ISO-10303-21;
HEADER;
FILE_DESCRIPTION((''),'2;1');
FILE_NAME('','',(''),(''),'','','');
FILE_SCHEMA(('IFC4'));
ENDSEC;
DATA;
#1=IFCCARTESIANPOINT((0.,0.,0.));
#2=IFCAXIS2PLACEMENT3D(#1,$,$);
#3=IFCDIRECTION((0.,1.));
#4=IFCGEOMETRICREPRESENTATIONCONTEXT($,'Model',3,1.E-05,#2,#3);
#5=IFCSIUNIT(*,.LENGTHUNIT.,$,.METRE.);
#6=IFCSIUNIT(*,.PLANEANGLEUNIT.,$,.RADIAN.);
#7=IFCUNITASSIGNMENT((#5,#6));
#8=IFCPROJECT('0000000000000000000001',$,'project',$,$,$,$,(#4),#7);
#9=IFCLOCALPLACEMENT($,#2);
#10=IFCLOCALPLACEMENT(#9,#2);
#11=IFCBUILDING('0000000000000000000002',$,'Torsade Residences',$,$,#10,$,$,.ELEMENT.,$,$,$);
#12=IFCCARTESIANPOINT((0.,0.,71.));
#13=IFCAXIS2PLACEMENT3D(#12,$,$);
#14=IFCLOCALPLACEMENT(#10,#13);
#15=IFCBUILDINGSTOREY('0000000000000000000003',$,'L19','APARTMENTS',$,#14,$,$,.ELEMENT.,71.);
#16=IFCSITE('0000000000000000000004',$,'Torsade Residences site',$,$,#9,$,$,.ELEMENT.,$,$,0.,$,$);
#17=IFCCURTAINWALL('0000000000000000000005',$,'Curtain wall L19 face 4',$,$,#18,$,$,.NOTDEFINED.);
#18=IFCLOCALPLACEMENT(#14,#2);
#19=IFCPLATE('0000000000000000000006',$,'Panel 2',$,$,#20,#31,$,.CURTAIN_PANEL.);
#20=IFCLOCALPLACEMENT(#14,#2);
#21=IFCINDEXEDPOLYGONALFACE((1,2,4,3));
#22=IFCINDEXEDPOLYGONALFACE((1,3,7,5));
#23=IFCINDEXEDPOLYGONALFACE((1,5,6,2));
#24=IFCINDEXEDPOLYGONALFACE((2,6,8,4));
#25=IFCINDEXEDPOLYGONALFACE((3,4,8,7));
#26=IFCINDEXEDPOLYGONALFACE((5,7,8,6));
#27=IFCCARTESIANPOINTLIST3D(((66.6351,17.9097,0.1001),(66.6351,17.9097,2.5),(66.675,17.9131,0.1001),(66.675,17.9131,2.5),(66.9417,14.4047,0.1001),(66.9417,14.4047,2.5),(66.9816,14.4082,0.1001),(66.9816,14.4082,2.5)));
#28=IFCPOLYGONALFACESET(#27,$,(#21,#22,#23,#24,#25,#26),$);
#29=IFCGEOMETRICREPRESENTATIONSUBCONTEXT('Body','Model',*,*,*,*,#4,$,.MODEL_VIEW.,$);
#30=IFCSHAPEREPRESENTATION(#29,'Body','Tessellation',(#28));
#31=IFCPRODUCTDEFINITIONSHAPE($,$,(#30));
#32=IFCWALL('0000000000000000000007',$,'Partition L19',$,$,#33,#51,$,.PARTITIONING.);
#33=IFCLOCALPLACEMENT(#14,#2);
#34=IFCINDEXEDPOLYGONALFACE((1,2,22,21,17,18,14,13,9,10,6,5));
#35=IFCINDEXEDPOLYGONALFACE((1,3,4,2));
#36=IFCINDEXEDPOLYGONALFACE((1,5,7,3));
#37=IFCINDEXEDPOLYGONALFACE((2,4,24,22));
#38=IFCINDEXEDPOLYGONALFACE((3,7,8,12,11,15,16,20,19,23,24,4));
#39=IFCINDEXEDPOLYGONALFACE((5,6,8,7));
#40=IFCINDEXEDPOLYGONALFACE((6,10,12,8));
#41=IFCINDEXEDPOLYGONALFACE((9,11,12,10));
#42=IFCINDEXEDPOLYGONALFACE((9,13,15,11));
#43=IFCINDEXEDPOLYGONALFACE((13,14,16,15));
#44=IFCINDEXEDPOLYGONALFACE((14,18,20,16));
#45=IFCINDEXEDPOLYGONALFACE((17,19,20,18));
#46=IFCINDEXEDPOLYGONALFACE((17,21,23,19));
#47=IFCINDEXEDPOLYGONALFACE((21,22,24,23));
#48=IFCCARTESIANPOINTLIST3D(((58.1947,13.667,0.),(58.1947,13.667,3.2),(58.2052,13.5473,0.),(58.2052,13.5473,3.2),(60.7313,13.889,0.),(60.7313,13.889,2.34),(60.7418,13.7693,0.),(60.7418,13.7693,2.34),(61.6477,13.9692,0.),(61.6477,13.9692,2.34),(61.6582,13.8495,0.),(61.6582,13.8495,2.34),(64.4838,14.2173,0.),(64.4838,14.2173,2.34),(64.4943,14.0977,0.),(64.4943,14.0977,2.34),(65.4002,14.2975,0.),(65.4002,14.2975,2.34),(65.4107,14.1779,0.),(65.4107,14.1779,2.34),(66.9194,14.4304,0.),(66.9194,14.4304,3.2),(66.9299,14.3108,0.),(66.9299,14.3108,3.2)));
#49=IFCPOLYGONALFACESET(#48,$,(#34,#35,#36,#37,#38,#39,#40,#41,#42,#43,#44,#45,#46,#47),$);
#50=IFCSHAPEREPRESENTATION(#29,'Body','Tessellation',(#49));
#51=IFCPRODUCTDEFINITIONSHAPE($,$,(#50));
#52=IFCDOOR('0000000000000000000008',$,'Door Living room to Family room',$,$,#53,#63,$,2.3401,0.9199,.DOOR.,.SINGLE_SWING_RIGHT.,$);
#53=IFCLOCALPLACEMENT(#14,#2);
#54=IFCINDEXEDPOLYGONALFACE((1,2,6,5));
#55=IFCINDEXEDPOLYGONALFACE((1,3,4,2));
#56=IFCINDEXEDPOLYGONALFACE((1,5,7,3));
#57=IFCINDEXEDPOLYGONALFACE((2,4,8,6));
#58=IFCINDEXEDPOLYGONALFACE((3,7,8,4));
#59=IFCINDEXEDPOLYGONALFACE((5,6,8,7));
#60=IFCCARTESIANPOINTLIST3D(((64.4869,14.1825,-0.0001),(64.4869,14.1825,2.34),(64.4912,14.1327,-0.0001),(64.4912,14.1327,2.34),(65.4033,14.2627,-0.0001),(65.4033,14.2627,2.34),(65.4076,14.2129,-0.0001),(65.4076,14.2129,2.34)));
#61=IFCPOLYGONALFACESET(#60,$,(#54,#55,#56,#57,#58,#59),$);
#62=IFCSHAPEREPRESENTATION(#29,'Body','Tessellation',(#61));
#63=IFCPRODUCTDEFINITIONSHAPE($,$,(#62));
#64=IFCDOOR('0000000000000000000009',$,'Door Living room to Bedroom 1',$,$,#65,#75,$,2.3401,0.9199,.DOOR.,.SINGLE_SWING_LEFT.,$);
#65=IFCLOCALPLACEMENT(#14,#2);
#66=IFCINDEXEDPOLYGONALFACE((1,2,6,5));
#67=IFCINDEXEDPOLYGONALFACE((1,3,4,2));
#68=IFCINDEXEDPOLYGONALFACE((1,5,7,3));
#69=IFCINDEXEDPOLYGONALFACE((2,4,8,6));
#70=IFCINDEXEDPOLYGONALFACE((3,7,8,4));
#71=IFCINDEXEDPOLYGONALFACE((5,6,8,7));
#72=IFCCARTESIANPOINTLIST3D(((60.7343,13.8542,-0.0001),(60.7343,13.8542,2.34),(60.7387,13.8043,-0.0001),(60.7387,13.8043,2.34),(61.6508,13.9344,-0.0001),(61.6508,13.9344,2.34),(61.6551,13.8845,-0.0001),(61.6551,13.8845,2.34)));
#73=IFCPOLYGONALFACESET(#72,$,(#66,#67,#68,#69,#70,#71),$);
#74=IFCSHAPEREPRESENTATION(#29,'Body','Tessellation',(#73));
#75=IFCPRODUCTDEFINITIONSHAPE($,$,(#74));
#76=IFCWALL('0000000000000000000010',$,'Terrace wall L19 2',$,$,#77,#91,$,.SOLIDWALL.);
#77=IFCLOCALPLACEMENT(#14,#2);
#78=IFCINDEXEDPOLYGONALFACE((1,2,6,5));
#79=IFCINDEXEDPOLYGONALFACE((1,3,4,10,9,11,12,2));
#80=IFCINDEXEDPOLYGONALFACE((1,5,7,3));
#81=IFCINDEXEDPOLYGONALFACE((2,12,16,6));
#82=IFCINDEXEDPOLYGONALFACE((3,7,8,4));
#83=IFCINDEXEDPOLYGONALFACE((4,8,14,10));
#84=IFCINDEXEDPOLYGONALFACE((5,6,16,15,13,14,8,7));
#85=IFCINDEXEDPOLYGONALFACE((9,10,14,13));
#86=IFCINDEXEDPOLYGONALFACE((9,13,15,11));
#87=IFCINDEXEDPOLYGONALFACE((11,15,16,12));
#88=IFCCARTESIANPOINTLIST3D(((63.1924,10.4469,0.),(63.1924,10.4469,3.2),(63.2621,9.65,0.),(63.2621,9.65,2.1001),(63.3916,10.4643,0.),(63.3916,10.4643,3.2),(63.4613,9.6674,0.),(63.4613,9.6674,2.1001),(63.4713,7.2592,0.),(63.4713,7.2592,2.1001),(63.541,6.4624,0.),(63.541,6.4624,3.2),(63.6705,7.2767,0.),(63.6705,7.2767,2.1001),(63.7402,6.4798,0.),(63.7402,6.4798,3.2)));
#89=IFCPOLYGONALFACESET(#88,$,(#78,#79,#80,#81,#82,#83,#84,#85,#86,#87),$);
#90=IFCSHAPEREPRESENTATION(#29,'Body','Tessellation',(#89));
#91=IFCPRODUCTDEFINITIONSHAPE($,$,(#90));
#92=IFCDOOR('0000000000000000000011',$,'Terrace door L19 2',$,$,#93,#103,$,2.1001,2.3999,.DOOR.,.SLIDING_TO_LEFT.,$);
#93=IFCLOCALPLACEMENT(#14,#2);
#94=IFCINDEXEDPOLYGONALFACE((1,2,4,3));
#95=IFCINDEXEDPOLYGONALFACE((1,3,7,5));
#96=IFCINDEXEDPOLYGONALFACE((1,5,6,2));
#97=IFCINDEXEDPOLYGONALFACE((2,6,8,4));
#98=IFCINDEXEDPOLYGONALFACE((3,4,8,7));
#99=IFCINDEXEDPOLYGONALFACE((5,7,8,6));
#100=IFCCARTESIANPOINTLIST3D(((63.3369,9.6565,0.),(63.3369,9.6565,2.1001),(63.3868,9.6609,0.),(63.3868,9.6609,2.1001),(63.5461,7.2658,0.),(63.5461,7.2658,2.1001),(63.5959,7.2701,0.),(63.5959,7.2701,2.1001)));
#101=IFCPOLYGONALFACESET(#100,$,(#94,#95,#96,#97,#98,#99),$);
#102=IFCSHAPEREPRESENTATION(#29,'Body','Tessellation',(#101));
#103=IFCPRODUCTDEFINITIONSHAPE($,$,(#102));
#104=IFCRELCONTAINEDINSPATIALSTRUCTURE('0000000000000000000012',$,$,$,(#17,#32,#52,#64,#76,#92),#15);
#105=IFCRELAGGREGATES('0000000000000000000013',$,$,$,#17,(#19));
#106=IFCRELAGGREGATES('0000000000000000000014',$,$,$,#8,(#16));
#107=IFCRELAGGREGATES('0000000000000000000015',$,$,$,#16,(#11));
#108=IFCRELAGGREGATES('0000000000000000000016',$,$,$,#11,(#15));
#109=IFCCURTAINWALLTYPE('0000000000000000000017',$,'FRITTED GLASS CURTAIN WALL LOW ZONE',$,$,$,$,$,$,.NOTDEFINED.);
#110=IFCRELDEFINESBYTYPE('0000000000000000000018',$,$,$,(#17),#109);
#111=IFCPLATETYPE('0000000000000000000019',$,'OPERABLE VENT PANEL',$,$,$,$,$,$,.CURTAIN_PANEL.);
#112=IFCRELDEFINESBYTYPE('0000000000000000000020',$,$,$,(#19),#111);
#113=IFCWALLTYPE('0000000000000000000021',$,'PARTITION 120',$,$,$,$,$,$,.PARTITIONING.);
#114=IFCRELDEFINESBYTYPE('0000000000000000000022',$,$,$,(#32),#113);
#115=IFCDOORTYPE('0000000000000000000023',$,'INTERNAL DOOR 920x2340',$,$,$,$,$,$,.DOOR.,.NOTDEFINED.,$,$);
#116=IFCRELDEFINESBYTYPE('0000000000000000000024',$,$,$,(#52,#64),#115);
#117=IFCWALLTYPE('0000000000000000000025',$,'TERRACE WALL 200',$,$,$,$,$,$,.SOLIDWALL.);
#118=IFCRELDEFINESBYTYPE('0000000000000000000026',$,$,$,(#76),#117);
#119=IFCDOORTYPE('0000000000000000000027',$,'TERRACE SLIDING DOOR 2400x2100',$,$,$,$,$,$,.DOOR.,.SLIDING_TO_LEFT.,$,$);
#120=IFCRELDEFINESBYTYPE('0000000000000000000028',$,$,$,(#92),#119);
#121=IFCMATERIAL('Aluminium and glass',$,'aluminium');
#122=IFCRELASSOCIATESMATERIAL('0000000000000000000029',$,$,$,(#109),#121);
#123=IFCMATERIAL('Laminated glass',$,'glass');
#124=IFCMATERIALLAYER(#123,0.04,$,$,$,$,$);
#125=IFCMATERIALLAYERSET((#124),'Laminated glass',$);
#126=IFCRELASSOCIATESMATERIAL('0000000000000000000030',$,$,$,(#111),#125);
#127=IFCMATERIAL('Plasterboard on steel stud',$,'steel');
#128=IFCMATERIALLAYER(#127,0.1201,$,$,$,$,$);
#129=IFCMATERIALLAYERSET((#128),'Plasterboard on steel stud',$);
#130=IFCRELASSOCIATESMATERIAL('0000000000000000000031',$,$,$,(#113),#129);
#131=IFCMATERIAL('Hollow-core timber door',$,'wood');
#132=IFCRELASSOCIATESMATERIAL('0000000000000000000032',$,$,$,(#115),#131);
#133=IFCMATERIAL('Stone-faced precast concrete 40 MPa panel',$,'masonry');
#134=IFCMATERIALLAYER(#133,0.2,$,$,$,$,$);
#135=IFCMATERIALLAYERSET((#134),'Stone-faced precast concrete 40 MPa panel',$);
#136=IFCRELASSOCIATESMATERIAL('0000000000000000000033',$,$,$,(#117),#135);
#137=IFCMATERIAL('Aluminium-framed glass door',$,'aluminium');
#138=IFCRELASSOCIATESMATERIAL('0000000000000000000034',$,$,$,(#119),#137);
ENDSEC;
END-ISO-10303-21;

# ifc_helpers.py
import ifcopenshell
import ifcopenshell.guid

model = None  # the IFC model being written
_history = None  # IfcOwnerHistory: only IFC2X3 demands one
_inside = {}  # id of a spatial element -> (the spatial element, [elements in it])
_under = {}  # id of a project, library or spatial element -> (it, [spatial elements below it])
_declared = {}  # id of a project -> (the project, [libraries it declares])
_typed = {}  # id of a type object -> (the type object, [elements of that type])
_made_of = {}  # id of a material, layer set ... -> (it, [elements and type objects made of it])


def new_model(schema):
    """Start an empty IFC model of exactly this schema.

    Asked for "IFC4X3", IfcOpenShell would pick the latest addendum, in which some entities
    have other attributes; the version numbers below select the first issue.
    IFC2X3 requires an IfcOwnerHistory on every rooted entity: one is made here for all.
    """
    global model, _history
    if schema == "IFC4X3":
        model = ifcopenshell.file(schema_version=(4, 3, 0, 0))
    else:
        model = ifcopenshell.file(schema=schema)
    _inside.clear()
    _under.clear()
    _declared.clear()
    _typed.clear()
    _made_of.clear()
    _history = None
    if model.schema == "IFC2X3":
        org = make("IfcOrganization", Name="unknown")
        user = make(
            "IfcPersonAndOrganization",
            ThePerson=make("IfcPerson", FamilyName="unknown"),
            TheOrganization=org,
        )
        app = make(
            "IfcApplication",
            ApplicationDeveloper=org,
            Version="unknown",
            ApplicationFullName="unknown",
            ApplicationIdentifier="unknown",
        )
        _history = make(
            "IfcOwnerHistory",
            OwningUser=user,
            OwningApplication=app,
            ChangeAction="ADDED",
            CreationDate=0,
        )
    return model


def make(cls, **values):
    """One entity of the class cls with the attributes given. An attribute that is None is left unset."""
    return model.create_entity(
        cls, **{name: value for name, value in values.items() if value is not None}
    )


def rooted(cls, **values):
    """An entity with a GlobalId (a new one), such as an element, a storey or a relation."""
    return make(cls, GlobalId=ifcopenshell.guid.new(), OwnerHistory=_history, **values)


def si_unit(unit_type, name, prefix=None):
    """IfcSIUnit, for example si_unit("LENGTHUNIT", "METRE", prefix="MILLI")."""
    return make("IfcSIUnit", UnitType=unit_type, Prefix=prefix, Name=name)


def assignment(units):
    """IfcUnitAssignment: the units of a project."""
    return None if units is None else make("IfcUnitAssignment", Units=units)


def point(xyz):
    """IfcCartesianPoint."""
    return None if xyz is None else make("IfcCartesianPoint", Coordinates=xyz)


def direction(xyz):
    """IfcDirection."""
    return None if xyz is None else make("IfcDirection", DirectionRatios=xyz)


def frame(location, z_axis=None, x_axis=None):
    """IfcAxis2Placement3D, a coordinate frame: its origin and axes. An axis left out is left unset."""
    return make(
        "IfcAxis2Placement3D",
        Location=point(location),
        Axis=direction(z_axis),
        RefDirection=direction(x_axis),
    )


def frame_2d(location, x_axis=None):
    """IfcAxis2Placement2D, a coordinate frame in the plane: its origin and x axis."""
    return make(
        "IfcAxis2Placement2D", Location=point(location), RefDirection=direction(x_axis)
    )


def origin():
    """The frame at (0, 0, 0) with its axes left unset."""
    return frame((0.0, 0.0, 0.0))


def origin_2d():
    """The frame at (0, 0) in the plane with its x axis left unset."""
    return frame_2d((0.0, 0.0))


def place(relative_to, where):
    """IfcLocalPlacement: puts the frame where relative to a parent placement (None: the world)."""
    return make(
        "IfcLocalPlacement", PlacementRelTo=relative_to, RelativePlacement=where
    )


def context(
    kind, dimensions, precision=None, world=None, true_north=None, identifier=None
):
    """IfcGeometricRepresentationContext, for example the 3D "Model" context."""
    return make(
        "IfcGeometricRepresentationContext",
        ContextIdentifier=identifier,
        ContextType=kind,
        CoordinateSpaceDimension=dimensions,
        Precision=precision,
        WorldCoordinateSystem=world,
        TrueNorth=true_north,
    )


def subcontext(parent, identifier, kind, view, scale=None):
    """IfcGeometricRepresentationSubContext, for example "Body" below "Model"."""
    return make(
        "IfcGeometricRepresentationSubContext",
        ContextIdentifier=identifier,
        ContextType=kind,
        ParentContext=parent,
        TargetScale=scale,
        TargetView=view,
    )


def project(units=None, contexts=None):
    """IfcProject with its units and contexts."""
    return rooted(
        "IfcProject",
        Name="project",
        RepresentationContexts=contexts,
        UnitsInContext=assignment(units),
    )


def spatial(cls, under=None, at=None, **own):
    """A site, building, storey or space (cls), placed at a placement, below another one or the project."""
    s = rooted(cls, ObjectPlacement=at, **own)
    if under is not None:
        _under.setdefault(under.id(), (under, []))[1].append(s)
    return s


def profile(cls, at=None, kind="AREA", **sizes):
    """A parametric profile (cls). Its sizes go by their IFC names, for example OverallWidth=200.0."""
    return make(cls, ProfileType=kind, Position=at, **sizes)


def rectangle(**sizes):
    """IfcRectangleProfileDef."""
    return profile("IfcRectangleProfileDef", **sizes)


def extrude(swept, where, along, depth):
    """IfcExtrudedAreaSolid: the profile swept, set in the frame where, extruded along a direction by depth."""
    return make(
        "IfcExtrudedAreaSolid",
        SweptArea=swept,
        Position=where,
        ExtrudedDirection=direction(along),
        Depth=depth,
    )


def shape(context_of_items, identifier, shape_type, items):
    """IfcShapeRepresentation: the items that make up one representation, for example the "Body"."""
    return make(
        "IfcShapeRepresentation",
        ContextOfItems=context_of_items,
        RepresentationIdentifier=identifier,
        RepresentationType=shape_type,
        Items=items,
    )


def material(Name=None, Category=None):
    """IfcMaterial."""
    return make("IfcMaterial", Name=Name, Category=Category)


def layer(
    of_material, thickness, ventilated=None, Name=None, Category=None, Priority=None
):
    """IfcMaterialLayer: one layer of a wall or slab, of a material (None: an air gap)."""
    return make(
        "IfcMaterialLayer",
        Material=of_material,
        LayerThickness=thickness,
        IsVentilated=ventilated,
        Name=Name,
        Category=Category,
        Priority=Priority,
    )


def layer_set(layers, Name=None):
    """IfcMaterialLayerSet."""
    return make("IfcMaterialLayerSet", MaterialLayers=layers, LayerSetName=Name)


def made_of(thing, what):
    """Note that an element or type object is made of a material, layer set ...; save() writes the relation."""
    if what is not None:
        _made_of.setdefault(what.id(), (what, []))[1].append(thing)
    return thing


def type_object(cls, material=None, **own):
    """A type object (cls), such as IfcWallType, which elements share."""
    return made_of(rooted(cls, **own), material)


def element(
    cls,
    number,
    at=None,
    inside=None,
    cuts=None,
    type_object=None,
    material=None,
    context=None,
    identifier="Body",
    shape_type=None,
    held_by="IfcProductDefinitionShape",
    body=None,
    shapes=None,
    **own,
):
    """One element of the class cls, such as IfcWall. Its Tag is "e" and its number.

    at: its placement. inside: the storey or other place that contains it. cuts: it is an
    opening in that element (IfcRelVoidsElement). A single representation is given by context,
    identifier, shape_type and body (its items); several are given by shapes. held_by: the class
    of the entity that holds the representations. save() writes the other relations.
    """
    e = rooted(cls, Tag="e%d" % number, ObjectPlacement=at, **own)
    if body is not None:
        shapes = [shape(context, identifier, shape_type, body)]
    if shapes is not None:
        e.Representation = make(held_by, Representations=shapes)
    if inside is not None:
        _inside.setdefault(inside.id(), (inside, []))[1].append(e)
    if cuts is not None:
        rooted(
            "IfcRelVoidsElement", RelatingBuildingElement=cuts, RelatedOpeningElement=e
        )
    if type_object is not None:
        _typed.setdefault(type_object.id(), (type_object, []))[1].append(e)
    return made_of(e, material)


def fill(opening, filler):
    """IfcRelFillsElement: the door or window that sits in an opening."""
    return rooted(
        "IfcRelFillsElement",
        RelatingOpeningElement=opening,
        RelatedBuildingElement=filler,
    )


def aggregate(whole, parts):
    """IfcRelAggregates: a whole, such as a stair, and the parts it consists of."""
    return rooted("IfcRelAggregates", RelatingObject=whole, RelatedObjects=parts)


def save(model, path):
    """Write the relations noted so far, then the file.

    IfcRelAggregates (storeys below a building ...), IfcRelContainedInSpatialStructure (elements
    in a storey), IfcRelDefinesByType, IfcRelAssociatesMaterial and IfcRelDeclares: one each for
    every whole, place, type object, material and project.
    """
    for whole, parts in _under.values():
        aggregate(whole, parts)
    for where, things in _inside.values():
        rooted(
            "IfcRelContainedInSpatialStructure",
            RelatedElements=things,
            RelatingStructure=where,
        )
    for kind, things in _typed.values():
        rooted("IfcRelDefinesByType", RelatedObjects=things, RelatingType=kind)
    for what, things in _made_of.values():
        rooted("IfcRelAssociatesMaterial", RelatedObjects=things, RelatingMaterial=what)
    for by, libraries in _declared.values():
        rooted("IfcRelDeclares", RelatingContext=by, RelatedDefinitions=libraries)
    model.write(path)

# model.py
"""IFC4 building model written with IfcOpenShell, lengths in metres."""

from ifc_helpers import new_model, si_unit, direction, frame, frame_2d, origin, origin_2d, place, context, subcontext, project, spatial, rectangle, extrude, material, layer, layer_set, type_object, element, fill, aggregate, save


model = new_model("IFC4")

# Units and contexts
model_context = context("Model", 3, precision=1e-05, world=origin(), true_north=direction((0.0, 1.0)))
body_context = subcontext(model_context, "Body", "Model", "MODEL_VIEW")
ifc_project = project(units=[si_unit("LENGTHUNIT", "METRE"), si_unit("PLANEANGLEUNIT", "RADIAN")], contexts=[model_context])

# Site, building, storey
site_placement = place(None, origin())
site = spatial("IfcSite", under=ifc_project, at=site_placement, Name="Torsade Residences site", CompositionType="ELEMENT", RefElevation=0.0)
building_placement = place(site_placement, origin())
building = spatial("IfcBuilding", under=site, at=building_placement, Name="Torsade Residences", CompositionType="ELEMENT")
storey_placement = place(building_placement, frame((0.0, 0.0, 71.0)))
storey = spatial("IfcBuildingStorey", under=building, at=storey_placement, Name="L19", Description="APARTMENTS", CompositionType="ELEMENT", Elevation=71.0)

# Curtain wall
ifc_material_1 = material(Name="Aluminium and glass", Category="aluminium")
curtain_wall_type = type_object("IfcCurtainWallType", Name="FRITTED GLASS CURTAIN WALL LOW ZONE", PredefinedType="NOTDEFINED", material=ifc_material_1)
curtain_wall_placement = place(storey_placement, origin())
curtain_wall = element("IfcCurtainWall", 1, at=curtain_wall_placement, inside=storey, type_object=curtain_wall_type, Name="Curtain wall L19 face 4", PredefinedType="NOTDEFINED")

# Plate
ifc_material_2 = material(Name="Laminated glass", Category="glass")
ifc_layer_1 = layer(ifc_material_2, 0.04)
ifc_layer_set_1 = layer_set([ifc_layer_1], Name="Laminated glass")
plate_type_1 = type_object("IfcPlateType", Name="OPERABLE VENT PANEL", PredefinedType="CURTAIN_PANEL", material=ifc_layer_set_1)
plate_1_placement = place(storey_placement, frame((66.8083, 16.1589, 0.1001), z_axis=(0.0, 0.0, 1.0), x_axis=(-0.087156, 0.996195, 0.0)))
plate_1 = element("IfcPlate", 2, at=plate_1_placement, type_object=plate_type_1, Name="Panel 2", PredefinedType="CURTAIN_PANEL", context=body_context, shape_type="SweptSolid", body=[
    extrude(rectangle(XDim=3.5183, YDim=0.04, at=origin_2d()), origin(), (0.0, 0.0, 1.0), 2.3999),
])
aggregate(curtain_wall, [plate_1])

# Wall, openings, doors
ifc_material_3 = material(Name="Plasterboard on steel stud", Category="steel")
ifc_layer_2 = layer(ifc_material_3, 0.1201)
ifc_layer_set_2 = layer_set([ifc_layer_2], Name="Plasterboard on steel stud")
wall_type_1 = type_object("IfcWallType", Name="PARTITION 120", PredefinedType="PARTITIONING", material=ifc_layer_set_2)
wall_1_placement = place(storey_placement, frame((66.9246, 14.3706, 0.0), z_axis=(0.0, 0.0, 1.0), x_axis=(-0.996193, -0.08717, 0.0)))
wall_1 = element("IfcWall", 3, at=wall_1_placement, inside=storey, type_object=wall_type_1, Name="Partition L19", PredefinedType="PARTITIONING", context=body_context, shape_type="SweptSolid", body=[
    extrude(rectangle(XDim=8.7581, YDim=0.1201, at=frame_2d((4.3789, 0.0))), origin(), (0.0, 0.0, 1.0), 3.2),
])
opening_1_placement = place(wall_1_placement, frame((1.5249, 0.0, 0.0)))
opening_1 = element("IfcOpeningElement", 4, at=opening_1_placement, cuts=wall_1, PredefinedType="OPENING", context=body_context, shape_type="SweptSolid", body=[
    extrude(rectangle(XDim=0.9199, YDim=2.3401, at=frame_2d((0.46, 1.1699))), frame((0.0, 0.0701, 0.0), z_axis=(0.0, -1.0, 0.0), x_axis=(1.0, 0.0, 0.0)), (0.0, 0.0, 1.0), 0.1401),
])
opening_2_placement = place(wall_1_placement, frame((5.2917, 0.0, 0.0)))
opening_2 = element("IfcOpeningElement", 5, at=opening_2_placement, cuts=wall_1, PredefinedType="OPENING", context=body_context, shape_type="SweptSolid", body=[
    extrude(rectangle(XDim=0.9199, YDim=2.3401, at=frame_2d((0.46, 1.1699))), frame((0.0, 0.0701, 0.0), z_axis=(0.0, -1.0, 0.0), x_axis=(1.0, 0.0, 0.0)), (0.0, 0.0, 1.0), 0.1401),
])
ifc_material_4 = material(Name="Hollow-core timber door", Category="wood")
door_type_1 = type_object("IfcDoorType", Name="INTERNAL DOOR 920x2340", OperationType="NOTDEFINED", PredefinedType="DOOR", material=ifc_material_4)
door_1_placement = place(opening_1_placement, origin())
door_1 = element("IfcDoor", 6, at=door_1_placement, inside=storey, type_object=door_type_1, Name="Door Living room to Family room", OperationType="SINGLE_SWING_RIGHT", OverallHeight=2.3401, OverallWidth=0.9199, PredefinedType="DOOR", context=body_context, shape_type="SweptSolid", body=[
    extrude(rectangle(XDim=0.9199, YDim=2.3401, at=frame_2d((0.46, 1.1699))), frame((0.0, 0.0249, 0.0), z_axis=(0.0, -1.0, 0.0), x_axis=(1.0, 0.0, 0.0)), (0.0, 0.0, 1.0), 0.05),
])
fill(opening_1, door_1)
door_2_placement = place(opening_2_placement, origin())
door_2 = element("IfcDoor", 7, at=door_2_placement, inside=storey, type_object=door_type_1, Name="Door Living room to Bedroom 1", OperationType="SINGLE_SWING_LEFT", OverallHeight=2.3401, OverallWidth=0.9199, PredefinedType="DOOR", context=body_context, shape_type="SweptSolid", body=[
    extrude(rectangle(XDim=0.9199, YDim=2.3401, at=frame_2d((0.46, 1.1699))), frame((0.0, 0.0249, 0.0), z_axis=(0.0, -1.0, 0.0), x_axis=(1.0, 0.0, 0.0)), (0.0, 0.0, 1.0), 0.05),
])
fill(opening_2, door_2)

# Wall, opening, door
ifc_material_5 = material(Name="Stone-faced precast concrete 40 MPa panel", Category="masonry")
ifc_layer_3 = layer(ifc_material_5, 0.2)
ifc_layer_set_3 = layer_set([ifc_layer_3], Name="Stone-faced precast concrete 40 MPa panel")
wall_type_2 = type_object("IfcWallType", Name="TERRACE WALL 200", PredefinedType="SOLIDWALL", material=ifc_layer_set_3)
wall_2_placement = place(storey_placement, frame((63.6406, 6.4709, 0.0), z_axis=(0.0, 0.0, 1.0), x_axis=(-0.087162, 0.996194, 0.0)))
wall_2 = element("IfcWall", 8, at=wall_2_placement, inside=storey, type_object=wall_type_2, Name="Terrace wall L19 2", PredefinedType="SOLIDWALL", context=body_context, shape_type="SweptSolid", body=[
    extrude(rectangle(XDim=3.9998, YDim=0.2, at=frame_2d((2.0, 0.0))), origin(), (0.0, 0.0, 1.0), 3.2),
])
opening_3_placement = place(wall_2_placement, frame((0.8, 0.0, 0.0)))
opening_3 = element("IfcOpeningElement", 9, at=opening_3_placement, cuts=wall_2, PredefinedType="OPENING", context=body_context, shape_type="SweptSolid", body=[
    extrude(rectangle(XDim=2.3999, YDim=2.1001, at=frame_2d((1.2, 1.05))), frame((0.0, 0.1099, 0.0), z_axis=(0.0, -1.0, 0.0), x_axis=(1.0, 0.0, 0.0)), (0.0, 0.0, 1.0), 0.22),
])
ifc_material_6 = material(Name="Aluminium-framed glass door", Category="aluminium")
door_type_2 = type_object("IfcDoorType", Name="TERRACE SLIDING DOOR 2400x2100", OperationType="SLIDING_TO_LEFT", PredefinedType="DOOR", material=ifc_material_6)
door_3_placement = place(opening_3_placement, origin())
door_3 = element("IfcDoor", 10, at=door_3_placement, inside=storey, type_object=door_type_2, Name="Terrace door L19 2", OperationType="SLIDING_TO_LEFT", OverallHeight=2.1001, OverallWidth=2.3999, PredefinedType="DOOR", context=body_context, shape_type="SweptSolid", body=[
    extrude(rectangle(XDim=2.3999, YDim=2.1001, at=frame_2d((1.2, 1.05))), frame((0.0, 0.0249, 0.0), z_axis=(0.0, -1.0, 0.0), x_axis=(1.0, 0.0, 0.0)), (0.0, 0.0, 1.0), 0.05),
])
fill(opening_3, door_3)

save(model, "model.ifc")
